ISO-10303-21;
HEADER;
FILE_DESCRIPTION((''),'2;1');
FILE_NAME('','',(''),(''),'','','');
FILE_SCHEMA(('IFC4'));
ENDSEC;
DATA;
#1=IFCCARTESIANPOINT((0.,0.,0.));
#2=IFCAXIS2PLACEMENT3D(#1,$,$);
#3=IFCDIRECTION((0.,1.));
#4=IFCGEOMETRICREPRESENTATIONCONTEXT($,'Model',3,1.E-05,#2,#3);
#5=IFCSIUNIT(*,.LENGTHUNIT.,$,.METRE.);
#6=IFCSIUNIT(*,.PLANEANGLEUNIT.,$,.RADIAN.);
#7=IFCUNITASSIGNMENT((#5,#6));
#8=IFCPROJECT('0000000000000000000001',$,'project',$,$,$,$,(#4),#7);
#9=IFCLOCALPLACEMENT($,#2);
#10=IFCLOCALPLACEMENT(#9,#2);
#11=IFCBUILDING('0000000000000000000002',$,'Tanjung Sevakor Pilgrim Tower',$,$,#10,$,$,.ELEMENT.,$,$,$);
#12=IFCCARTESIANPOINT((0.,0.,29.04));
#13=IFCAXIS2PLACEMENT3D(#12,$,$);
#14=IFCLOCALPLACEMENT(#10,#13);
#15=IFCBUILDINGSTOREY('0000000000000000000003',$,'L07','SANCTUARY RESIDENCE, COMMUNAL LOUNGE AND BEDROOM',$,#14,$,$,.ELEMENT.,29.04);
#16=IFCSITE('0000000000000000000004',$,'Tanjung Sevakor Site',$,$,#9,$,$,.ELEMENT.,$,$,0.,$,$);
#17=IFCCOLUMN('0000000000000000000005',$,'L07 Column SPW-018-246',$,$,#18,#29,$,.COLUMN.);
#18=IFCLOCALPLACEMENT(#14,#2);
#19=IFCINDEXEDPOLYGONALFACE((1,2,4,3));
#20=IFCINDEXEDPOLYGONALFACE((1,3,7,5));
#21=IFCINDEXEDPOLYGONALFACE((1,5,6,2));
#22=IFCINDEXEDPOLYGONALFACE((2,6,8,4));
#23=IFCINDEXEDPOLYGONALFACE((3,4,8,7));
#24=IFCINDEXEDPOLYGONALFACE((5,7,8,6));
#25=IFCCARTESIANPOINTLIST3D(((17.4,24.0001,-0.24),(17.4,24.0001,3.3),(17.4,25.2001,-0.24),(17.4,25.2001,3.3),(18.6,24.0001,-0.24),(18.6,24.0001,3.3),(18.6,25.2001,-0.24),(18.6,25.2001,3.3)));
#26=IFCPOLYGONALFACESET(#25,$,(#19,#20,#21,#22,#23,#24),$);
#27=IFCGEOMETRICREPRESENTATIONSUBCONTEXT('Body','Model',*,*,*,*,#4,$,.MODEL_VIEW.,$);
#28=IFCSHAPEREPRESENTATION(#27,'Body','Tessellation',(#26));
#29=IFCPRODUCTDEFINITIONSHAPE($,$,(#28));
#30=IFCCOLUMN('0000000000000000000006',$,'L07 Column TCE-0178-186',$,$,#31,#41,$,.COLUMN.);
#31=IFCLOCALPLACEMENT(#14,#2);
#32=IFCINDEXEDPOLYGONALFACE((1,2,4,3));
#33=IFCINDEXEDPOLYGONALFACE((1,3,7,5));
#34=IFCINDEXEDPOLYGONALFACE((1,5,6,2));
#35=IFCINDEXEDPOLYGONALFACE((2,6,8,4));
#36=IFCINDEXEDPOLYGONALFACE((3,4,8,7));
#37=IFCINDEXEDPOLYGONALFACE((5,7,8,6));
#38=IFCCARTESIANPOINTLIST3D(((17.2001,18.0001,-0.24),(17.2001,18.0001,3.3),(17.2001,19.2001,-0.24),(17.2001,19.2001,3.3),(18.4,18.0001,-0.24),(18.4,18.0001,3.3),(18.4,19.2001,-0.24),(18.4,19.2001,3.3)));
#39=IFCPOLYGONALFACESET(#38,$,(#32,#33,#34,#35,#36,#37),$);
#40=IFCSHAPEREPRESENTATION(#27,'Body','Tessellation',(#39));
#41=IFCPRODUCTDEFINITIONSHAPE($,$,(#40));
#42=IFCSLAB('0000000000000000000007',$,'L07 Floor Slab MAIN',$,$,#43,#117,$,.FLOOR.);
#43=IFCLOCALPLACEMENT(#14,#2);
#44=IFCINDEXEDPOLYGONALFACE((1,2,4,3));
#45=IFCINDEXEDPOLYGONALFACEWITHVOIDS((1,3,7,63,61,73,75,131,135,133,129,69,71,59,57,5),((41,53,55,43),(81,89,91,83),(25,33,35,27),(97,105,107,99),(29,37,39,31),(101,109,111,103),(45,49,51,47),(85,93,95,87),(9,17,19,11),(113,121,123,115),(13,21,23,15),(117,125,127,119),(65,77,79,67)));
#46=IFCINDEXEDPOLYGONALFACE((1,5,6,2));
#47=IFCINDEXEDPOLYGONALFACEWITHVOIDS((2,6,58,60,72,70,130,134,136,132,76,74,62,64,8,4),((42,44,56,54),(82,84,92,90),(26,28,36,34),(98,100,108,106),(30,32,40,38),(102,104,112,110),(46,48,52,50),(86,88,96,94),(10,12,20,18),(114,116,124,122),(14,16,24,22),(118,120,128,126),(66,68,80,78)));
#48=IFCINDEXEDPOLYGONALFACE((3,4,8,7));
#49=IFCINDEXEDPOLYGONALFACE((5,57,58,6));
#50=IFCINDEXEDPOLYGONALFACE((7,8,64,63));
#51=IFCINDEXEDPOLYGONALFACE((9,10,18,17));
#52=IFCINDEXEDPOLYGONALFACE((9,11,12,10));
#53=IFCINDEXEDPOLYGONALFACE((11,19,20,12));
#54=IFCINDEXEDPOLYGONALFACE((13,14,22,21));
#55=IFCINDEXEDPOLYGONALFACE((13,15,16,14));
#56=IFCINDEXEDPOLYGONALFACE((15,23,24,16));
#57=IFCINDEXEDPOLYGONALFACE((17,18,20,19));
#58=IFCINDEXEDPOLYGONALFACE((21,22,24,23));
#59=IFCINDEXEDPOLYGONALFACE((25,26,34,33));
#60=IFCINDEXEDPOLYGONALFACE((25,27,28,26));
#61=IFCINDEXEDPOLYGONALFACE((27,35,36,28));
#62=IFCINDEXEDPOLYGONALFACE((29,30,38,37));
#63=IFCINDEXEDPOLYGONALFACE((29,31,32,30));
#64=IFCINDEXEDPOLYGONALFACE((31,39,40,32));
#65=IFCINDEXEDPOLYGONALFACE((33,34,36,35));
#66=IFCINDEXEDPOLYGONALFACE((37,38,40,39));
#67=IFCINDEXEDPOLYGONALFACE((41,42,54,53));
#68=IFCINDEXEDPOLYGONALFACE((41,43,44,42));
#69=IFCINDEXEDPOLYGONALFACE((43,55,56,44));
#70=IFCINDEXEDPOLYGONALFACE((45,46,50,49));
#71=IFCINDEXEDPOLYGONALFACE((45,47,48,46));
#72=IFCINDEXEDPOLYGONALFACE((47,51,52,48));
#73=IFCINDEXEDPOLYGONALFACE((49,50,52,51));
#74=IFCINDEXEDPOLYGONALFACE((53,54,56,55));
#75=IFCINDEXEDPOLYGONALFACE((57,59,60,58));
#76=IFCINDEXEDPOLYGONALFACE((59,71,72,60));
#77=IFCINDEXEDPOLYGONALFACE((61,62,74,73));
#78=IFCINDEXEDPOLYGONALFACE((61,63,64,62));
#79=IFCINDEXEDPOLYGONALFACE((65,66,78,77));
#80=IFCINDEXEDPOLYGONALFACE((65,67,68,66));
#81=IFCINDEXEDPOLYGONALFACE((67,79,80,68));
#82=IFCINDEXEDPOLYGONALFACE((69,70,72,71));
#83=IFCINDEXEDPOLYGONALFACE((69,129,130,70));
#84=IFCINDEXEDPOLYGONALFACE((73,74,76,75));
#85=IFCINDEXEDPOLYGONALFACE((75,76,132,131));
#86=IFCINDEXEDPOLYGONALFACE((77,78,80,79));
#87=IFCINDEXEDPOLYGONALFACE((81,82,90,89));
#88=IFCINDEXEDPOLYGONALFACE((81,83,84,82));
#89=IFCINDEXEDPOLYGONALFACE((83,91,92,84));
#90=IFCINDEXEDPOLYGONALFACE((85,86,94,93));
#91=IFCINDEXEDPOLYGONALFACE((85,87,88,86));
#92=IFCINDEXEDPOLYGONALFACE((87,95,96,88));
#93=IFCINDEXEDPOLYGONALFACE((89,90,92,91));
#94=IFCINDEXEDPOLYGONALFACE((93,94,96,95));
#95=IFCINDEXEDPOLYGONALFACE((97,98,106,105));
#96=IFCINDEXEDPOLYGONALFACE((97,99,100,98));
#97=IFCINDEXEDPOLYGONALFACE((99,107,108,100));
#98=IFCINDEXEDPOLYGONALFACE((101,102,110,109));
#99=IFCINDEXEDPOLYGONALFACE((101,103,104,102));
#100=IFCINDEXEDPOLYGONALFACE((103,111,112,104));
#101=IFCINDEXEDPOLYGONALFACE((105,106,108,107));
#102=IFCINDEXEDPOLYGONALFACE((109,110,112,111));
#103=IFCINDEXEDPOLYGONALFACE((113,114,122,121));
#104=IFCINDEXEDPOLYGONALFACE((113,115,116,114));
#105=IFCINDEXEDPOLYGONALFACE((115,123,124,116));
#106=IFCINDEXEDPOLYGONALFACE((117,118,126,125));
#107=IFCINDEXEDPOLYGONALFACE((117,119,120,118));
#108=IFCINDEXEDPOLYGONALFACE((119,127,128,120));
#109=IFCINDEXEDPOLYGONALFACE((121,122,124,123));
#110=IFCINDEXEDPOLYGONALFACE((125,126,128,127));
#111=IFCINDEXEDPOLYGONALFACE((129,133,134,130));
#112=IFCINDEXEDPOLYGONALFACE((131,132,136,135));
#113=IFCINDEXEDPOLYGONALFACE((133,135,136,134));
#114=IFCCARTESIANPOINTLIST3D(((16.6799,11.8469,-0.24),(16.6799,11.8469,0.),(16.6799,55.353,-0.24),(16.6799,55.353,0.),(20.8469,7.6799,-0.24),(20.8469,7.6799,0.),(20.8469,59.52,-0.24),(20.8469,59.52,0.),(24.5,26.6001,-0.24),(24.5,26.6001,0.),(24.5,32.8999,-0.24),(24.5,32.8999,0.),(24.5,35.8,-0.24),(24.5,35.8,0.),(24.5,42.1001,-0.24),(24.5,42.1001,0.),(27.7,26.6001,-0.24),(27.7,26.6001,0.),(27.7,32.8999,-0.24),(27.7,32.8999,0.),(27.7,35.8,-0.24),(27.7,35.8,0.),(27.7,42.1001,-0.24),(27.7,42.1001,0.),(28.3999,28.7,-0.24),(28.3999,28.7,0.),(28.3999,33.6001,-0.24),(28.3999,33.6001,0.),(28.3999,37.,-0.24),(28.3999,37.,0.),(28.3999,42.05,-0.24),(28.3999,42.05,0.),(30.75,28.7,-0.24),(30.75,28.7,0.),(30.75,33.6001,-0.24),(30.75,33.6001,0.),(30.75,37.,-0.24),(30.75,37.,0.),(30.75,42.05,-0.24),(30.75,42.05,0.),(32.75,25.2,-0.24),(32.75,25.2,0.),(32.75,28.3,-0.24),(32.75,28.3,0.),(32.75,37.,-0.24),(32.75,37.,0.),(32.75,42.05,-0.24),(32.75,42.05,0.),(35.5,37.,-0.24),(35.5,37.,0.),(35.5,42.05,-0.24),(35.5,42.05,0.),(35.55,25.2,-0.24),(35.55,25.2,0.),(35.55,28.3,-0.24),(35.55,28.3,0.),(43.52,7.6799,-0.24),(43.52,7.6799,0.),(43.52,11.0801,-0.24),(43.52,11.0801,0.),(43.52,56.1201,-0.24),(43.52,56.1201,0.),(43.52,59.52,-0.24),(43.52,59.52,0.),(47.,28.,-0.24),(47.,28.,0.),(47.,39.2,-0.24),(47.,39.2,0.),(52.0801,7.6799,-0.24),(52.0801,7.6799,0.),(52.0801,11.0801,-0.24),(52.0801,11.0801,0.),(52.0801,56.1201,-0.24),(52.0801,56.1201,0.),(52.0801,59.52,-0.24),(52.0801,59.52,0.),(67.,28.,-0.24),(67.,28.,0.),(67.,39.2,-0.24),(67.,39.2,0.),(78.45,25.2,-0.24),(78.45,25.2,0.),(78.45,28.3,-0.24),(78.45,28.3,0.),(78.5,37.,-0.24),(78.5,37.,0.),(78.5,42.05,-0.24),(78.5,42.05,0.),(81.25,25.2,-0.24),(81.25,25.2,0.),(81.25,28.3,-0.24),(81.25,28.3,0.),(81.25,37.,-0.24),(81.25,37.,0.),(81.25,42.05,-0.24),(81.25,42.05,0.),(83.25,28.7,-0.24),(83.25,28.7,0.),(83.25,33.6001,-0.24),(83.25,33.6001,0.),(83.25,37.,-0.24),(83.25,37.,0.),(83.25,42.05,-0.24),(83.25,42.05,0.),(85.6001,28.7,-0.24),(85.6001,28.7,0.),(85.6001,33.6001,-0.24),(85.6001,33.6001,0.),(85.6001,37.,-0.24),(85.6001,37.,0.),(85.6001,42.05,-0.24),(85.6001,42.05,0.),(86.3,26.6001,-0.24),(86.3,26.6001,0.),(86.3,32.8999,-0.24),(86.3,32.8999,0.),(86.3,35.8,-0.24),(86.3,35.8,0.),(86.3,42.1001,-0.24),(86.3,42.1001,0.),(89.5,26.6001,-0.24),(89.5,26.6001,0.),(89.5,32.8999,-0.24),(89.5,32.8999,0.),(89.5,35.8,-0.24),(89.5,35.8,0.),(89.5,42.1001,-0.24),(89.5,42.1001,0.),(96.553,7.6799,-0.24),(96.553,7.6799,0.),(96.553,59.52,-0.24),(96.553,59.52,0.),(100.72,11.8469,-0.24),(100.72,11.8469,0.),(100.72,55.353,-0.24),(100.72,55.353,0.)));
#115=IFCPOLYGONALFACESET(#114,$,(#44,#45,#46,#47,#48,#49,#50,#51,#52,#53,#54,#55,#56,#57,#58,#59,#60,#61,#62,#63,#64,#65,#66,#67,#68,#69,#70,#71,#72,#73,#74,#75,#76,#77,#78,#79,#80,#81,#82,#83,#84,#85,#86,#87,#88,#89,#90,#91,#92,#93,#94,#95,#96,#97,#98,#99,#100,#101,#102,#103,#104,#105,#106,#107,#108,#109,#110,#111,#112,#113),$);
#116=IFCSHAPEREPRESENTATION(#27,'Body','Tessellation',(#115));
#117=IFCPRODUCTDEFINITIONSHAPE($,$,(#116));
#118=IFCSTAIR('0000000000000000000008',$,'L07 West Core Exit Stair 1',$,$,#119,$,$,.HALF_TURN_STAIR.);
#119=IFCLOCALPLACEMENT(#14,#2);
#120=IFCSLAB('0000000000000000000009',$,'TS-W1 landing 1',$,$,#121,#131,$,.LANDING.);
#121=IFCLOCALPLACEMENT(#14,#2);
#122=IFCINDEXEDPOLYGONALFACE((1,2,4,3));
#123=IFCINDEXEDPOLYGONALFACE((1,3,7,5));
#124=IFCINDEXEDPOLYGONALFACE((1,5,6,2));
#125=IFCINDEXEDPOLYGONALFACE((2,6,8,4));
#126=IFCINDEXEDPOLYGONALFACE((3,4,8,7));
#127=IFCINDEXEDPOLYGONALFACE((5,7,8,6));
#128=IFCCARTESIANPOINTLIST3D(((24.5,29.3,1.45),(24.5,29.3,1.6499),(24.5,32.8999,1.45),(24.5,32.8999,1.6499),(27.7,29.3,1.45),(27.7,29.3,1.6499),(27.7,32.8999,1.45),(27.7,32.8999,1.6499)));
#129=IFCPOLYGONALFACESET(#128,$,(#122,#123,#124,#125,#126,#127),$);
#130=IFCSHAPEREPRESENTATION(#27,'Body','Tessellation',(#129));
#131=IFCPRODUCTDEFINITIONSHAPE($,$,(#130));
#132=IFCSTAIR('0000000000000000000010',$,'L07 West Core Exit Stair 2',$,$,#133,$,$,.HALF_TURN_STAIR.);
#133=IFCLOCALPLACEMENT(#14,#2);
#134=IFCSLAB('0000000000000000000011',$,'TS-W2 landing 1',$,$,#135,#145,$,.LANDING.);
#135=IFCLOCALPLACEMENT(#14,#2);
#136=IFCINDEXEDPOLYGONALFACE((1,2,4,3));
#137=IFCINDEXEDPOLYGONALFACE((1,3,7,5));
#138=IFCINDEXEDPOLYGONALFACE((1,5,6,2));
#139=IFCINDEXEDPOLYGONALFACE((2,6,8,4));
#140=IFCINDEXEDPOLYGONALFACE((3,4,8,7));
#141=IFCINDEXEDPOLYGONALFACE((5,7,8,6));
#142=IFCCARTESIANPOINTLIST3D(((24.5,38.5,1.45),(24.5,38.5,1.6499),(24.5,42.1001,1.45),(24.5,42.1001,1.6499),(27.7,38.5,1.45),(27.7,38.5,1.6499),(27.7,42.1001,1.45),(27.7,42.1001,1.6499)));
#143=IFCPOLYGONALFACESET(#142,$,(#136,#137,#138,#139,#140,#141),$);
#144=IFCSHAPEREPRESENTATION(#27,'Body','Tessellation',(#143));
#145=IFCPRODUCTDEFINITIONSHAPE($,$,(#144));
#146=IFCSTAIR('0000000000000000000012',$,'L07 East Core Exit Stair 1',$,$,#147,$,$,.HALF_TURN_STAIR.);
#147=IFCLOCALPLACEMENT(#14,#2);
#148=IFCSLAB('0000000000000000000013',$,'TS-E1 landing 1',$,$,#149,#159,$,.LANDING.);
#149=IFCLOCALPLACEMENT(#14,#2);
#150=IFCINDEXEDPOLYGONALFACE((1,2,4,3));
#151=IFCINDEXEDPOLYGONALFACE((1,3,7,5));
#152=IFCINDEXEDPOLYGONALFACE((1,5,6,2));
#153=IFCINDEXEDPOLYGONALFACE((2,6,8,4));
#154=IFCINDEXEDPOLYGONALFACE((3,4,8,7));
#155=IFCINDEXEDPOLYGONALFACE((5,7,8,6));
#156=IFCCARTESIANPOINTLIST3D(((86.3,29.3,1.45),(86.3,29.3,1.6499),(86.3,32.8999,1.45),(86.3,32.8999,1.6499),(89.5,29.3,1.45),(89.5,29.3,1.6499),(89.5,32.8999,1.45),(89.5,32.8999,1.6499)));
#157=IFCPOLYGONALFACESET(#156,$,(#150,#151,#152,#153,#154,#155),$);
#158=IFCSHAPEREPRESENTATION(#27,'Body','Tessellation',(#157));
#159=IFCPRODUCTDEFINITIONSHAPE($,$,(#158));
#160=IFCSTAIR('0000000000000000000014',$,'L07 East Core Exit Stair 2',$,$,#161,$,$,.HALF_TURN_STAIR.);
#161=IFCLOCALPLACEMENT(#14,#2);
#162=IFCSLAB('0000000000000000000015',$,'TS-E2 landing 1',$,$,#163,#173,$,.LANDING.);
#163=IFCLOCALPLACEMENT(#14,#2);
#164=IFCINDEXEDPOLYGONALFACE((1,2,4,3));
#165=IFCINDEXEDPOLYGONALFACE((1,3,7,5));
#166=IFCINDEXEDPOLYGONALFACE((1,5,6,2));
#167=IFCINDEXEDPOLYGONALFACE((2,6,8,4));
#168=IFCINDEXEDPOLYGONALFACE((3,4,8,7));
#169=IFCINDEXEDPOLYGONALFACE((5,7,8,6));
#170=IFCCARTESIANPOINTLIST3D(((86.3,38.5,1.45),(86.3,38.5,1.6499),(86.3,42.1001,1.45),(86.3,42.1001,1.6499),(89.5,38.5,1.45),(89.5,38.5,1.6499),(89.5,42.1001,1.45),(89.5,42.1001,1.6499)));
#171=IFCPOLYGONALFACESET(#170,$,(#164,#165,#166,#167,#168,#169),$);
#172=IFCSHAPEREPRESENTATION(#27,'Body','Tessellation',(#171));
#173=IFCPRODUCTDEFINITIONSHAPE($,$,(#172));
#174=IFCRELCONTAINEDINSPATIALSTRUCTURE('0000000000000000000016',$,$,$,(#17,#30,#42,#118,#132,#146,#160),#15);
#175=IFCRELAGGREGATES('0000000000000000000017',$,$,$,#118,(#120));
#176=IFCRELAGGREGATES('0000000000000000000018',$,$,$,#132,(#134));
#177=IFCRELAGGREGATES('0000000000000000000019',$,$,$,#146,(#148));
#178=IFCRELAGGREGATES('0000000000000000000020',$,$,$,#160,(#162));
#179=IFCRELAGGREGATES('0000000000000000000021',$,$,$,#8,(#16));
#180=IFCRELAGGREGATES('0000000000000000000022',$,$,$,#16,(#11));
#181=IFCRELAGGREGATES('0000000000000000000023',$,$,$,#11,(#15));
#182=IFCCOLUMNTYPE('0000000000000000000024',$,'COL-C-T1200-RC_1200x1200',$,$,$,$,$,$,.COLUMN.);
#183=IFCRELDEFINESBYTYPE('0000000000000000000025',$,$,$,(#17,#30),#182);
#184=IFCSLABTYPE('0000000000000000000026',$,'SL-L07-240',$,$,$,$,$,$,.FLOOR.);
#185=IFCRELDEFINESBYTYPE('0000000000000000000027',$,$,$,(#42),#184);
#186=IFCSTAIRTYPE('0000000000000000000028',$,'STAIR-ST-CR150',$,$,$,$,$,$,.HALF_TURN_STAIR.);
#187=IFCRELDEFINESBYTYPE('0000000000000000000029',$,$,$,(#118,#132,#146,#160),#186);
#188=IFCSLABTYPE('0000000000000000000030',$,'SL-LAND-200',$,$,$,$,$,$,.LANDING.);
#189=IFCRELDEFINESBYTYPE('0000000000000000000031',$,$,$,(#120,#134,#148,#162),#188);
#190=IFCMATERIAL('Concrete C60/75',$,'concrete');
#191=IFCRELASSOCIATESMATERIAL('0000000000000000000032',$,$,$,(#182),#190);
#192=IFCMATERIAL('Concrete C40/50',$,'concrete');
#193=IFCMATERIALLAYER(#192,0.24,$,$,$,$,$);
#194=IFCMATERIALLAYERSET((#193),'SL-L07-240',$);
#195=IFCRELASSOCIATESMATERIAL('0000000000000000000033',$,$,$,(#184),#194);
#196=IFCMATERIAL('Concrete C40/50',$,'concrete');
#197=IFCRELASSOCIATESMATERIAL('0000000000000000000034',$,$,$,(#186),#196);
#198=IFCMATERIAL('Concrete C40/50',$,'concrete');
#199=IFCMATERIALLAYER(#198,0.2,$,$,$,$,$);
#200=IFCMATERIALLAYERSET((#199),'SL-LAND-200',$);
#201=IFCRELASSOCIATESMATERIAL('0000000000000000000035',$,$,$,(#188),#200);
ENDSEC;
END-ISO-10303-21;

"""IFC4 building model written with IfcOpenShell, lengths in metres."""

from ifc_helpers import new_model, si_unit, direction, frame, origin, origin_2d, place, context, subcontext, project, spatial, polyline, rectangle, outline, extrude, material, layer, layer_set, material_profile, profile_set, type_object, element, aggregate, save


model = new_model("IFC4")

# Units and contexts
model_context = context("Model", 3, precision=1e-05, world=origin(), true_north=direction((0.0, 1.0)))
body_context = subcontext(model_context, "Body", "Model", "MODEL_VIEW")
ifc_project = project(units=[si_unit("LENGTHUNIT", "METRE"), si_unit("PLANEANGLEUNIT", "RADIAN")], contexts=[model_context])

# Site, building, storey
site_placement = place(None, origin())
site = spatial("IfcSite", under=ifc_project, at=site_placement, Name="Tanjung Sevakor Site", CompositionType="ELEMENT", RefElevation=0.0)
building_placement = place(site_placement, origin())
building = spatial("IfcBuilding", under=site, at=building_placement, Name="Tanjung Sevakor Pilgrim Tower", CompositionType="ELEMENT")
storey_placement = place(building_placement, frame((0.0, 0.0, 29.04)))
storey = spatial("IfcBuildingStorey", under=building, at=storey_placement, Name="L07", Description="SANCTUARY RESIDENCE, COMMUNAL LOUNGE AND BEDROOM", CompositionType="ELEMENT", Elevation=29.04)

# Columns
ifc_material_1 = material(Name="Concrete C60/75", Category="concrete")
ifc_material_profile = material_profile(ifc_material_1, rectangle(XDim=1.2, YDim=1.2, at=origin_2d()))
ifc_profile_set = profile_set([ifc_material_profile], Name="Concrete C60/75")
column_type = type_object("IfcColumnType", Name="COL-C-T1200-RC_1200x1200", PredefinedType="COLUMN", material=ifc_profile_set)
for number, where, z_axis, x_axis, name in (
    (1, (18.0, 24.6001, -0.24), (0.0, 0.0, 1.0), (1.0, 0.0, 0.0), "L07 Column SPW-018-246"),
    (2, (17.8, 18.6001, -0.24), (0.0, 0.0, 1.0), (1.0, 0.0, 0.0), "L07 Column TCE-0178-186"),
):
    element("IfcColumn", number, at=place(storey_placement, frame(where, z_axis=z_axis, x_axis=x_axis)), inside=storey, type_object=column_type, Name=name, PredefinedType="COLUMN", context=body_context, shape_type="SweptSolid", body=[
        extrude(rectangle(XDim=1.2, YDim=1.2, at=origin_2d()), origin(), (0.0, 0.0, 1.0), 3.54),
    ])

# Slab
ifc_material_2 = material(Name="Concrete C40/50", Category="concrete")
ifc_layer_1 = layer(ifc_material_2, 0.24)
ifc_layer_set_1 = layer_set([ifc_layer_1], Name="SL-L07-240")
slab_type_1 = type_object("IfcSlabType", Name="SL-L07-240", PredefinedType="FLOOR", material=ifc_layer_set_1)
slab_1_placement = place(storey_placement, frame((0.0, 0.0, -0.24)))
element("IfcSlab", 3, at=slab_1_placement, inside=storey, type_object=slab_type_1, Name="L07 Floor Slab MAIN", PredefinedType="FLOOR", context=body_context, shape_type="SweptSolid", body=[
    extrude(outline(polyline([(20.8469, 7.6799), (43.52, 7.6799), (43.52, 11.0801), (52.0801, 11.0801), (52.0801, 7.6799), (96.553, 7.6799), (100.72, 11.8469), (100.72, 55.353), (96.553, 59.52), (52.0801, 59.52), (52.0801, 56.1201), (43.52, 56.1201), (43.52, 59.52), (20.8469, 59.52), (16.6799, 55.353), (16.6799, 11.8469), (20.8469, 7.6799)]), holes=[polyline([(27.7, 26.6001), (27.7, 32.8999), (24.5, 32.8999), (24.5, 26.6001), (27.7, 26.6001)]), polyline([(27.7, 35.8), (27.7, 42.1001), (24.5, 42.1001), (24.5, 35.8), (27.7, 35.8)]), polyline([(89.5, 26.6001), (89.5, 32.8999), (86.3, 32.8999), (86.3, 26.6001), (89.5, 26.6001)]), polyline([(89.5, 35.8), (89.5, 42.1001), (86.3, 42.1001), (86.3, 35.8), (89.5, 35.8)]), polyline([(32.75, 25.2), (35.55, 25.2), (35.55, 28.3), (32.75, 28.3), (32.75, 25.2)]), polyline([(28.3999, 28.7), (30.75, 28.7), (30.75, 33.6001), (28.3999, 33.6001), (28.3999, 28.7)]), polyline([(28.3999, 37.0), (30.75, 37.0), (30.75, 42.05), (28.3999, 42.05), (28.3999, 37.0)]), polyline([(32.75, 37.0), (35.5, 37.0), (35.5, 42.05), (32.75, 42.05), (32.75, 37.0)]), polyline([(78.45, 25.2), (81.25, 25.2), (81.25, 28.3), (78.45, 28.3), (78.45, 25.2)]), polyline([(83.25, 28.7), (85.6001, 28.7), (85.6001, 33.6001), (83.25, 33.6001), (83.25, 28.7)]), polyline([(83.25, 37.0), (85.6001, 37.0), (85.6001, 42.05), (83.25, 42.05), (83.25, 37.0)]), polyline([(78.5, 37.0), (81.25, 37.0), (81.25, 42.05), (78.5, 42.05), (78.5, 37.0)]), polyline([(47.0, 28.0), (67.0, 28.0), (67.0, 39.2), (47.0, 39.2), (47.0, 28.0)])]), origin(), (0.0, 0.0, 1.0), 0.24),
])

# Stairs, slabs
ifc_material_3 = material(Name="Concrete C40/50", Category="concrete")
stair_type = type_object("IfcStairType", Name="STAIR-ST-CR150", PredefinedType="HALF_TURN_STAIR", material=ifc_material_3)
stair_1_placement = place(storey_placement, origin())
stair_1 = element("IfcStair", 4, at=stair_1_placement, inside=storey, type_object=stair_type, Name="L07 West Core Exit Stair 1", PredefinedType="HALF_TURN_STAIR")
ifc_material_4 = material(Name="Concrete C40/50", Category="concrete")
ifc_layer_2 = layer(ifc_material_4, 0.2)
ifc_layer_set_2 = layer_set([ifc_layer_2], Name="SL-LAND-200")
slab_type_2 = type_object("IfcSlabType", Name="SL-LAND-200", PredefinedType="LANDING", material=ifc_layer_set_2)
slab_2_placement = place(storey_placement, frame((0.0, 0.0, 1.45)))
slab_2 = element("IfcSlab", 5, at=slab_2_placement, type_object=slab_type_2, Name="TS-W1 landing 1", PredefinedType="LANDING", context=body_context, shape_type="SweptSolid", body=[
    extrude(outline(polyline([(27.7, 29.3), (27.7, 32.8999), (24.5, 32.8999), (24.5, 29.3), (27.7, 29.3)])), origin(), (0.0, 0.0, 1.0), 0.2),
])
aggregate(stair_1, [slab_2])
stair_2_placement = place(storey_placement, origin())
stair_2 = element("IfcStair", 6, at=stair_2_placement, inside=storey, type_object=stair_type, Name="L07 West Core Exit Stair 2", PredefinedType="HALF_TURN_STAIR")
slab_3_placement = place(storey_placement, frame((0.0, 0.0, 1.45)))
slab_3 = element("IfcSlab", 7, at=slab_3_placement, type_object=slab_type_2, Name="TS-W2 landing 1", PredefinedType="LANDING", context=body_context, shape_type="SweptSolid", body=[
    extrude(outline(polyline([(27.7, 38.5), (27.7, 42.1001), (24.5, 42.1001), (24.5, 38.5), (27.7, 38.5)])), origin(), (0.0, 0.0, 1.0), 0.2),
])
aggregate(stair_2, [slab_3])
stair_3_placement = place(storey_placement, origin())
stair_3 = element("IfcStair", 8, at=stair_3_placement, inside=storey, type_object=stair_type, Name="L07 East Core Exit Stair 1", PredefinedType="HALF_TURN_STAIR")
slab_4_placement = place(storey_placement, frame((0.0, 0.0, 1.45)))
slab_4 = element("IfcSlab", 9, at=slab_4_placement, type_object=slab_type_2, Name="TS-E1 landing 1", PredefinedType="LANDING", context=body_context, shape_type="SweptSolid", body=[
    extrude(outline(polyline([(89.5, 29.3), (89.5, 32.8999), (86.3, 32.8999), (86.3, 29.3), (89.5, 29.3)])), origin(), (0.0, 0.0, 1.0), 0.2),
])
aggregate(stair_3, [slab_4])
stair_4_placement = place(storey_placement, origin())
stair_4 = element("IfcStair", 10, at=stair_4_placement, inside=storey, type_object=stair_type, Name="L07 East Core Exit Stair 2", PredefinedType="HALF_TURN_STAIR")
slab_5_placement = place(storey_placement, frame((0.0, 0.0, 1.45)))
slab_5 = element("IfcSlab", 11, at=slab_5_placement, type_object=slab_type_2, Name="TS-E2 landing 1", PredefinedType="LANDING", context=body_context, shape_type="SweptSolid", body=[
    extrude(outline(polyline([(89.5, 38.5), (89.5, 42.1001), (86.3, 42.1001), (86.3, 38.5), (89.5, 38.5)])), origin(), (0.0, 0.0, 1.0), 0.2),
])
aggregate(stair_4, [slab_5])

save(model, "model.ifc")
